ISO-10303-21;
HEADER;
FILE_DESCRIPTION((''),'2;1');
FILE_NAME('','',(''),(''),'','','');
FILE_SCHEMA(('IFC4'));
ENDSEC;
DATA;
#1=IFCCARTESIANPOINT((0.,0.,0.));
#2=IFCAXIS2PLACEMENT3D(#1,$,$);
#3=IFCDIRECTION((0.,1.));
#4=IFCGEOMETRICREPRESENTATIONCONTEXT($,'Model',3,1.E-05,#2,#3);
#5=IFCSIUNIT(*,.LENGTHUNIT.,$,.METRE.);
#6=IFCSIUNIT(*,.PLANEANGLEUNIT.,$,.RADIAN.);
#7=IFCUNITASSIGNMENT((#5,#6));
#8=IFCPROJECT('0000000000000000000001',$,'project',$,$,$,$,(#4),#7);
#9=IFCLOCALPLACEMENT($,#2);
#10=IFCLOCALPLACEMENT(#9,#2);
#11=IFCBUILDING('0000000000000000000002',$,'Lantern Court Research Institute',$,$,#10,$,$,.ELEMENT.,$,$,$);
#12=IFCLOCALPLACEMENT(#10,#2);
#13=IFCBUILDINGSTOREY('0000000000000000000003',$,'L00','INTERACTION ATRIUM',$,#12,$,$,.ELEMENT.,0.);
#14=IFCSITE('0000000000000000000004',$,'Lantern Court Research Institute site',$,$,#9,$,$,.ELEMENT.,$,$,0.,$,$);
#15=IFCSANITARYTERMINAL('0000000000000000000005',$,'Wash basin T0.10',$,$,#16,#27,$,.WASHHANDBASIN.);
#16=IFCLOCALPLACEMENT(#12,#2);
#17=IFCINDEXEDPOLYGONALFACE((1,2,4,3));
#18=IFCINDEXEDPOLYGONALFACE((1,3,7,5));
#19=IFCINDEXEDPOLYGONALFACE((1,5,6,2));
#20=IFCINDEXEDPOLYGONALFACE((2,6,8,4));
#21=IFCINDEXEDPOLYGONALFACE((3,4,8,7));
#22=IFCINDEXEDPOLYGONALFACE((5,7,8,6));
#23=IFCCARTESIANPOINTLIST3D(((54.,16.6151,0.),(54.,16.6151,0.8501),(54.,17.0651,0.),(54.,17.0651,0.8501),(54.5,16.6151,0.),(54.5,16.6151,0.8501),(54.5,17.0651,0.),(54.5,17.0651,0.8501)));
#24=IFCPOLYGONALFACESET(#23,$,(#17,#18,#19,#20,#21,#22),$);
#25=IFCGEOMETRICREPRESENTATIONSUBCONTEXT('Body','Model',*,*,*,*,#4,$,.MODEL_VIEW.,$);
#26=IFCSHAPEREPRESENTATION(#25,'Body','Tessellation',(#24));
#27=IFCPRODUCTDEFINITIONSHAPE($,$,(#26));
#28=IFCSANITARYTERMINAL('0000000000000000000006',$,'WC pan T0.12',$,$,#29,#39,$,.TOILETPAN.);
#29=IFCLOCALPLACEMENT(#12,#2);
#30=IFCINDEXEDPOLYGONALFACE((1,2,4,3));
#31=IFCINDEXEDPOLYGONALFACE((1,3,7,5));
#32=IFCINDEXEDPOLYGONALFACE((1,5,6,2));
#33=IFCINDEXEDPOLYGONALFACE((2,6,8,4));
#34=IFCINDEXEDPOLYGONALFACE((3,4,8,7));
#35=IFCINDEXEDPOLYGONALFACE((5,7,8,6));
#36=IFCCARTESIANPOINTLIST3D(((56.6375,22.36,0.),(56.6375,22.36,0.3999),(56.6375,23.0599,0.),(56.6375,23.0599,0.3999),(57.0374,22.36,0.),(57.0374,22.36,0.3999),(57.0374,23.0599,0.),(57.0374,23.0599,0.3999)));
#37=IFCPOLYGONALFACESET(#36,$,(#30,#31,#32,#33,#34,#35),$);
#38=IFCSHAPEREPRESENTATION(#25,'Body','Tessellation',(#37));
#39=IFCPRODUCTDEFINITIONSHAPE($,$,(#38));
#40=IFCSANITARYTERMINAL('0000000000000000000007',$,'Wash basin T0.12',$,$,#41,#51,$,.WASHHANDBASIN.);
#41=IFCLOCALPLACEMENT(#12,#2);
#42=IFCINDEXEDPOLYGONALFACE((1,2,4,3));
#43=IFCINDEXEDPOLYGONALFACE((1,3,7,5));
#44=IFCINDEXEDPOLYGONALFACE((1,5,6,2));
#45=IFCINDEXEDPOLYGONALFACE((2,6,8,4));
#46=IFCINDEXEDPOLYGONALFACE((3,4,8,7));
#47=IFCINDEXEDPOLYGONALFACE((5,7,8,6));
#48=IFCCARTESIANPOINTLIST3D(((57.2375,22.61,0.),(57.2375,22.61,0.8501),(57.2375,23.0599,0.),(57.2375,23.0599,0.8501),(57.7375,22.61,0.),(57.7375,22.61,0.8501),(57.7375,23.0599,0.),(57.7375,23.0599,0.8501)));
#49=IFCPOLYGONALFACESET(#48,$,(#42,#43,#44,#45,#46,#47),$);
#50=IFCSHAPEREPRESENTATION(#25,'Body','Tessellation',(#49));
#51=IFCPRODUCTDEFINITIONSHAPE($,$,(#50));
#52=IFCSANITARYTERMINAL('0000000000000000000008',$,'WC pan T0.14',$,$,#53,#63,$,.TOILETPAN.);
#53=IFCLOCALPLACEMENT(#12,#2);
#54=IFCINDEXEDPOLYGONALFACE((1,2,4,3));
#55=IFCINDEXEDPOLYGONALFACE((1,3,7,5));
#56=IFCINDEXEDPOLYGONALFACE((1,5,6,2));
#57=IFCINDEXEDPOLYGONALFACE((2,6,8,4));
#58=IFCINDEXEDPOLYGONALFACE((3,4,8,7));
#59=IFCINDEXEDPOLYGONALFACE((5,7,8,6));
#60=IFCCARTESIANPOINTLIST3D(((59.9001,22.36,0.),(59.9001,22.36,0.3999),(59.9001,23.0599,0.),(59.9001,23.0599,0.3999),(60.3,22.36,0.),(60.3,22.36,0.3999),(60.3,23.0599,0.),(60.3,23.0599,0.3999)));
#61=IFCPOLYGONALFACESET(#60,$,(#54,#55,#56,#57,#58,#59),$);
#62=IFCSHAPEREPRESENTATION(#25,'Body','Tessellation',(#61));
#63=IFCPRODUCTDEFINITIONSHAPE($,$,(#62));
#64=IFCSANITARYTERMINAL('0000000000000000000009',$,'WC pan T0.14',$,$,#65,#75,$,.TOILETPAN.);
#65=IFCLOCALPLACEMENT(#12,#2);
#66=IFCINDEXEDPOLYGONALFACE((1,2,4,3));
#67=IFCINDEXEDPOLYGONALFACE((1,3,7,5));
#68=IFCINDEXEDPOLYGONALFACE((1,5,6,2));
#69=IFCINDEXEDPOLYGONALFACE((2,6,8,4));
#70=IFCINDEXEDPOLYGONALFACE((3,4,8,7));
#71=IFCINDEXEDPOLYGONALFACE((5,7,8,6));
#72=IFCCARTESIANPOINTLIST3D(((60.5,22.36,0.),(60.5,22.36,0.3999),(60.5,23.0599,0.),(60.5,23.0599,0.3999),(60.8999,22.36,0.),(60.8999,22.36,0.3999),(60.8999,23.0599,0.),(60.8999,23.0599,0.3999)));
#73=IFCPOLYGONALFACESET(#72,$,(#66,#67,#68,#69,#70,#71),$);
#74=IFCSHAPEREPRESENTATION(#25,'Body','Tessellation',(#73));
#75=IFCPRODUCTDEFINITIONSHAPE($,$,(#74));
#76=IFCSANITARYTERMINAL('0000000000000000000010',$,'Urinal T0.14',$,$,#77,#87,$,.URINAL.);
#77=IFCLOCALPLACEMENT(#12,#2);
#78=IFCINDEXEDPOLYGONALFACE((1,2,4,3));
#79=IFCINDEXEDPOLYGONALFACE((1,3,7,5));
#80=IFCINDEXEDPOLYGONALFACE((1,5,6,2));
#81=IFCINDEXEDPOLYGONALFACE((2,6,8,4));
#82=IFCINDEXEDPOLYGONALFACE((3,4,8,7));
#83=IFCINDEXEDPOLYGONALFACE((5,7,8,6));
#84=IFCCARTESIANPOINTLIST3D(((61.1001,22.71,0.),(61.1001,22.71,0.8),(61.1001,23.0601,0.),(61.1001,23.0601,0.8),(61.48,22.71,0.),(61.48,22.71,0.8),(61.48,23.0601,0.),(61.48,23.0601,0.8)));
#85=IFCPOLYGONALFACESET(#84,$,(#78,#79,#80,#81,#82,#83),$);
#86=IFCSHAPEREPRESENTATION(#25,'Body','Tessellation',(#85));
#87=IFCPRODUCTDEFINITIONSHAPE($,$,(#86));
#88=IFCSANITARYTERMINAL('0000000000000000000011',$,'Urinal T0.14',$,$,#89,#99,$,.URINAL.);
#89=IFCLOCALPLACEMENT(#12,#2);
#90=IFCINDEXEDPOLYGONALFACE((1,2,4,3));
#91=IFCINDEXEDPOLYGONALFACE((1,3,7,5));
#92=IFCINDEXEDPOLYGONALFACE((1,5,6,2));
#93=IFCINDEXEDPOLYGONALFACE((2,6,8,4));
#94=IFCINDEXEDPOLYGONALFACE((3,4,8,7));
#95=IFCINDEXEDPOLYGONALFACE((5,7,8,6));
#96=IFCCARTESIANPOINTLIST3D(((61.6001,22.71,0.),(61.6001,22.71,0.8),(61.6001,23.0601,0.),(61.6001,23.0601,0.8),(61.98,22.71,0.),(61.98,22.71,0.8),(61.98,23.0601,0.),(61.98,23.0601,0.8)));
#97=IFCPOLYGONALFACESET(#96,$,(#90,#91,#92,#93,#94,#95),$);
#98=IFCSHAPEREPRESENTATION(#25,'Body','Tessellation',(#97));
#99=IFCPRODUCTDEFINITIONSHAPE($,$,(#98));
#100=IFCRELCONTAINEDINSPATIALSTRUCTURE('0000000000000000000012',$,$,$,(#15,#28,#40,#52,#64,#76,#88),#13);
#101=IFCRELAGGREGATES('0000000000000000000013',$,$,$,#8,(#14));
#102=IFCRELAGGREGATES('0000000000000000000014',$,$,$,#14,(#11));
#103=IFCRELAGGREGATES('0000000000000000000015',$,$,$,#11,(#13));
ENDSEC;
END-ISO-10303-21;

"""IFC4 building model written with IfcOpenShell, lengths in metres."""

from ifc_helpers import new_model, si_unit, direction, frame, origin, origin_2d, place, context, subcontext, project, spatial, rectangle, extrude, element, save


model = new_model("IFC4")

# Units and contexts
model_context = context("Model", 3, precision=1e-05, world=origin(), true_north=direction((0.0, 1.0)))
body_context = subcontext(model_context, "Body", "Model", "MODEL_VIEW")
ifc_project = project(units=[si_unit("LENGTHUNIT", "METRE"), si_unit("PLANEANGLEUNIT", "RADIAN")], contexts=[model_context])

# Site, building, storey
site_placement = place(None, origin())
site = spatial("IfcSite", under=ifc_project, at=site_placement, Name="Lantern Court Research Institute site", CompositionType="ELEMENT", RefElevation=0.0)
building_placement = place(site_placement, origin())
building = spatial("IfcBuilding", under=site, at=building_placement, Name="Lantern Court Research Institute", CompositionType="ELEMENT")
storey_placement = place(building_placement, origin())
storey = spatial("IfcBuildingStorey", under=building, at=storey_placement, Name="L00", Description="INTERACTION ATRIUM", CompositionType="ELEMENT", Elevation=0.0)

# Sanitary terminals
for number, where, z_axis, x_axis, name in (
    (1, (54.25, 16.8401, 0.0), (0.0, 0.0, 1.0), (1.0, 0.0, 0.0), "Wash basin T0.10"),
):
    element("IfcSanitaryTerminal", number, at=place(storey_placement, frame(where, z_axis=z_axis, x_axis=x_axis)), inside=storey, Name=name, PredefinedType="WASHHANDBASIN", context=body_context, shape_type="SweptSolid", body=[
        extrude(rectangle(XDim=0.5, YDim=0.45, at=origin_2d()), origin(), (0.0, 0.0, 1.0), 0.8501),
    ])
sanitary_terminal_1_placement = place(storey_placement, frame((56.8374, 22.71, 0.0), z_axis=(0.0, 0.0, 1.0), x_axis=(1.0, 0.0, 0.0)))
element("IfcSanitaryTerminal", 2, at=sanitary_terminal_1_placement, inside=storey, Name="WC pan T0.12", PredefinedType="TOILETPAN", context=body_context, shape_type="SweptSolid", body=[
    extrude(rectangle(XDim=0.3999, YDim=0.7, at=origin_2d()), origin(), (0.0, 0.0, 1.0), 0.3999),
])
sanitary_terminal_2_placement = place(storey_placement, frame((57.4875, 22.835, 0.0), z_axis=(0.0, 0.0, 1.0), x_axis=(1.0, 0.0, 0.0)))
element("IfcSanitaryTerminal", 3, at=sanitary_terminal_2_placement, inside=storey, Name="Wash basin T0.12", PredefinedType="WASHHANDBASIN", context=body_context, shape_type="SweptSolid", body=[
    extrude(rectangle(XDim=0.5, YDim=0.45, at=origin_2d()), origin(), (0.0, 0.0, 1.0), 0.8501),
])
for number, where, z_axis, x_axis, name in (
    (4, (60.1001, 22.71, 0.0), (0.0, 0.0, 1.0), (1.0, 0.0, 0.0), "WC pan T0.14"),
    (5, (60.7, 22.71, 0.0), (0.0, 0.0, 1.0), (1.0, 0.0, 0.0), "WC pan T0.14"),
):
    element("IfcSanitaryTerminal", number, at=place(storey_placement, frame(where, z_axis=z_axis, x_axis=x_axis)), inside=storey, Name=name, PredefinedType="TOILETPAN", context=body_context, shape_type="SweptSolid", body=[
        extrude(rectangle(XDim=0.3999, YDim=0.7, at=origin_2d()), origin(), (0.0, 0.0, 1.0), 0.3999),
    ])
for number, where, z_axis, x_axis, name in (
    (6, (61.29, 22.885, 0.0), (0.0, 0.0, 1.0), (1.0, 0.0, 0.0), "Urinal T0.14"),
    (7, (61.79, 22.885, 0.0), (0.0, 0.0, 1.0), (1.0, 0.0, 0.0), "Urinal T0.14"),
):
    element("IfcSanitaryTerminal", number, at=place(storey_placement, frame(where, z_axis=z_axis, x_axis=x_axis)), inside=storey, Name=name, PredefinedType="URINAL", context=body_context, shape_type="SweptSolid", body=[
        extrude(rectangle(XDim=0.3799, YDim=0.3501, at=origin_2d()), origin(), (0.0, 0.0, 1.0), 0.8),
    ])

save(model, "model.ifc")
